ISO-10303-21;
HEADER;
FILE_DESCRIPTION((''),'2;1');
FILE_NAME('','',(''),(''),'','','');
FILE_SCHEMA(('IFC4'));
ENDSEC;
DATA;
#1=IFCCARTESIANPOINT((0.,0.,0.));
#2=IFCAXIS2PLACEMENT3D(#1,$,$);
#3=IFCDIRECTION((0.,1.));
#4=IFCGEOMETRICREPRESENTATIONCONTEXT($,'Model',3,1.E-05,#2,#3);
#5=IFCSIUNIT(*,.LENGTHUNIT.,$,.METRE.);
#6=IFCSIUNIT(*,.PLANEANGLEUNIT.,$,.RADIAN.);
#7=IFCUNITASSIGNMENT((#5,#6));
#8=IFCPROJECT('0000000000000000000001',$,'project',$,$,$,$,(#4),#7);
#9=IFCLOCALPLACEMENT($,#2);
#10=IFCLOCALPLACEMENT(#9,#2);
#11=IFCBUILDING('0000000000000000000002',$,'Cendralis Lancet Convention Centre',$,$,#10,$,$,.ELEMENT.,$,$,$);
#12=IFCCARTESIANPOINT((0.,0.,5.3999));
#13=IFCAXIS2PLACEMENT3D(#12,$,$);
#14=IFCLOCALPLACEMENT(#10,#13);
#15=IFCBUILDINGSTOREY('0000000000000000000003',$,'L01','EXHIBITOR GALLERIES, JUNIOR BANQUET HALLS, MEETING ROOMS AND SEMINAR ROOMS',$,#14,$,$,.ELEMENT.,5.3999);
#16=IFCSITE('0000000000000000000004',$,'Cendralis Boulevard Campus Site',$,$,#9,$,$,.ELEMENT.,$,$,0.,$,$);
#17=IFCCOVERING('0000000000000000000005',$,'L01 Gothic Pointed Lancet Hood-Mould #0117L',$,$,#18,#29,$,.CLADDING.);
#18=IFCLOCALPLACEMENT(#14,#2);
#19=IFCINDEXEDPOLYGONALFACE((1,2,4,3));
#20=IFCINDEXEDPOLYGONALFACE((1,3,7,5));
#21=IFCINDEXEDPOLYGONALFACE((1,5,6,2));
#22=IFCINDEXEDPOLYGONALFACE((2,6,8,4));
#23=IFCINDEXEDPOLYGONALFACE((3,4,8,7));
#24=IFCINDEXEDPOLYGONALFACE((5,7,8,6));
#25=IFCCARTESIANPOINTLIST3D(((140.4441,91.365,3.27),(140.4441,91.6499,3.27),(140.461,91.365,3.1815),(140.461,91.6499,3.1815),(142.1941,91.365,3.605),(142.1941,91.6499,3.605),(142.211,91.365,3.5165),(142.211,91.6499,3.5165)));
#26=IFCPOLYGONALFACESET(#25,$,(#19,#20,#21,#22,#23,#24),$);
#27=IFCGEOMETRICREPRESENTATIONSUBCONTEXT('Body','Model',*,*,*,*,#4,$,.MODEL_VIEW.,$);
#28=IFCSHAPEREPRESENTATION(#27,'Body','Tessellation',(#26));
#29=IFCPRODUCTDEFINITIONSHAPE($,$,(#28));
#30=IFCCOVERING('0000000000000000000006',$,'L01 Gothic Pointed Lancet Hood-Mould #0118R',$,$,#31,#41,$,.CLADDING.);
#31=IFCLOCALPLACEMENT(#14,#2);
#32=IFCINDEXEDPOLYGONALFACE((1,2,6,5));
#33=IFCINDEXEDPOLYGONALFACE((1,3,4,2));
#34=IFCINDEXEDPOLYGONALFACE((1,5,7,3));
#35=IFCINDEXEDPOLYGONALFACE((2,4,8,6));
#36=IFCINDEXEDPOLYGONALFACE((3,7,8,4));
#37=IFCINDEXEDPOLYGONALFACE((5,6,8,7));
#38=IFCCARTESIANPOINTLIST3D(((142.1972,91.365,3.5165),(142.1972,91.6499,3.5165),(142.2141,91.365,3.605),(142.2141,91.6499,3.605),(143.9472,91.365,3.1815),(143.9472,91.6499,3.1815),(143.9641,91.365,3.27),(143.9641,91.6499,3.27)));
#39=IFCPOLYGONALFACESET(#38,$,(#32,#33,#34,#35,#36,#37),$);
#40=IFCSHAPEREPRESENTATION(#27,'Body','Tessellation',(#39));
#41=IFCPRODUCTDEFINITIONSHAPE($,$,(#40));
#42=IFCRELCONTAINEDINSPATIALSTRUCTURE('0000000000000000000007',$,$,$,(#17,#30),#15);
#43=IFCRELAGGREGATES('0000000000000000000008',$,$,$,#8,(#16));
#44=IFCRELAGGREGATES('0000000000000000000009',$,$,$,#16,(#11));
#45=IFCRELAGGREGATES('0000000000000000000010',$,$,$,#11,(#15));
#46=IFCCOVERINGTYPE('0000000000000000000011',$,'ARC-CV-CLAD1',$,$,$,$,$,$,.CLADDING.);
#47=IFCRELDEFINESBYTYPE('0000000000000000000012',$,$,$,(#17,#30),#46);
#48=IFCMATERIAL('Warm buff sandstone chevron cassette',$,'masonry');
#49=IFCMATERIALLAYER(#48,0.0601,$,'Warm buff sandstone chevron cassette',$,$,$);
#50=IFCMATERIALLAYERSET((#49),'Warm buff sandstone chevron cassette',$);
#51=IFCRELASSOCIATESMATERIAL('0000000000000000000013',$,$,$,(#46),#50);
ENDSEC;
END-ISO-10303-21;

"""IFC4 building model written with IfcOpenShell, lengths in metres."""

from ifc_helpers import new_model, si_unit, direction, frame, origin, place, context, subcontext, project, spatial, polyline, outline, extrude, material, layer, layer_set, type_object, element, save


model = new_model("IFC4")

# Units and contexts
model_context = context("Model", 3, precision=1e-05, world=origin(), true_north=direction((0.0, 1.0)))
body_context = subcontext(model_context, "Body", "Model", "MODEL_VIEW")
ifc_project = project(units=[si_unit("LENGTHUNIT", "METRE"), si_unit("PLANEANGLEUNIT", "RADIAN")], contexts=[model_context])

# Site, building, storey
site_placement = place(None, origin())
site = spatial("IfcSite", under=ifc_project, at=site_placement, Name="Cendralis Boulevard Campus Site", CompositionType="ELEMENT", RefElevation=0.0)
building_placement = place(site_placement, origin())
building = spatial("IfcBuilding", under=site, at=building_placement, Name="Cendralis Lancet Convention Centre", CompositionType="ELEMENT")
storey_placement = place(building_placement, frame((0.0, 0.0, 5.3999)))
storey = spatial("IfcBuildingStorey", under=building, at=storey_placement, Name="L01", Description="EXHIBITOR GALLERIES, JUNIOR BANQUET HALLS, MEETING ROOMS AND SEMINAR ROOMS", CompositionType="ELEMENT", Elevation=5.3999)

# Coverings
ifc_material_1 = material(Name="Warm buff sandstone chevron cassette", Category="masonry")
ifc_layer_1 = layer(ifc_material_1, 0.0601, Name="Warm buff sandstone chevron cassette")
ifc_layer_set_1 = layer_set([ifc_layer_1], Name="Warm buff sandstone chevron cassette")
covering_type = type_object("IfcCoveringType", Name="ARC-CV-CLAD1", PredefinedType="CLADDING", material=ifc_layer_set_1)
for number, where, z_axis, x_axis, name in (
    (1, (140.4441, 91.6499, 3.27), (-0.187994, 0.0, 0.98217), (0.0, -1.0, 0.0), "L01 Gothic Pointed Lancet Hood-Mould #0117L"),
    (2, (142.2141, 91.6499, 3.605), (0.187994, 0.0, 0.98217), (0.0, -1.0, 0.0), "L01 Gothic Pointed Lancet Hood-Mould #0118R"),
):
    element("IfcCovering", number, at=place(storey_placement, frame(where, z_axis=z_axis, x_axis=x_axis)), inside=storey, type_object=covering_type, Name=name, PredefinedType="CLADDING", context=body_context, shape_type="SweptSolid", body=[
        extrude(outline(polyline([(0.0, 0.0), (0.2849, 0.0), (0.2849, 1.7818), (0.0, 1.7818), (0.0, 0.0)])), origin(), (0.0, 0.0, -1.0), 0.0901),
    ])

save(model, "model.ifc")
